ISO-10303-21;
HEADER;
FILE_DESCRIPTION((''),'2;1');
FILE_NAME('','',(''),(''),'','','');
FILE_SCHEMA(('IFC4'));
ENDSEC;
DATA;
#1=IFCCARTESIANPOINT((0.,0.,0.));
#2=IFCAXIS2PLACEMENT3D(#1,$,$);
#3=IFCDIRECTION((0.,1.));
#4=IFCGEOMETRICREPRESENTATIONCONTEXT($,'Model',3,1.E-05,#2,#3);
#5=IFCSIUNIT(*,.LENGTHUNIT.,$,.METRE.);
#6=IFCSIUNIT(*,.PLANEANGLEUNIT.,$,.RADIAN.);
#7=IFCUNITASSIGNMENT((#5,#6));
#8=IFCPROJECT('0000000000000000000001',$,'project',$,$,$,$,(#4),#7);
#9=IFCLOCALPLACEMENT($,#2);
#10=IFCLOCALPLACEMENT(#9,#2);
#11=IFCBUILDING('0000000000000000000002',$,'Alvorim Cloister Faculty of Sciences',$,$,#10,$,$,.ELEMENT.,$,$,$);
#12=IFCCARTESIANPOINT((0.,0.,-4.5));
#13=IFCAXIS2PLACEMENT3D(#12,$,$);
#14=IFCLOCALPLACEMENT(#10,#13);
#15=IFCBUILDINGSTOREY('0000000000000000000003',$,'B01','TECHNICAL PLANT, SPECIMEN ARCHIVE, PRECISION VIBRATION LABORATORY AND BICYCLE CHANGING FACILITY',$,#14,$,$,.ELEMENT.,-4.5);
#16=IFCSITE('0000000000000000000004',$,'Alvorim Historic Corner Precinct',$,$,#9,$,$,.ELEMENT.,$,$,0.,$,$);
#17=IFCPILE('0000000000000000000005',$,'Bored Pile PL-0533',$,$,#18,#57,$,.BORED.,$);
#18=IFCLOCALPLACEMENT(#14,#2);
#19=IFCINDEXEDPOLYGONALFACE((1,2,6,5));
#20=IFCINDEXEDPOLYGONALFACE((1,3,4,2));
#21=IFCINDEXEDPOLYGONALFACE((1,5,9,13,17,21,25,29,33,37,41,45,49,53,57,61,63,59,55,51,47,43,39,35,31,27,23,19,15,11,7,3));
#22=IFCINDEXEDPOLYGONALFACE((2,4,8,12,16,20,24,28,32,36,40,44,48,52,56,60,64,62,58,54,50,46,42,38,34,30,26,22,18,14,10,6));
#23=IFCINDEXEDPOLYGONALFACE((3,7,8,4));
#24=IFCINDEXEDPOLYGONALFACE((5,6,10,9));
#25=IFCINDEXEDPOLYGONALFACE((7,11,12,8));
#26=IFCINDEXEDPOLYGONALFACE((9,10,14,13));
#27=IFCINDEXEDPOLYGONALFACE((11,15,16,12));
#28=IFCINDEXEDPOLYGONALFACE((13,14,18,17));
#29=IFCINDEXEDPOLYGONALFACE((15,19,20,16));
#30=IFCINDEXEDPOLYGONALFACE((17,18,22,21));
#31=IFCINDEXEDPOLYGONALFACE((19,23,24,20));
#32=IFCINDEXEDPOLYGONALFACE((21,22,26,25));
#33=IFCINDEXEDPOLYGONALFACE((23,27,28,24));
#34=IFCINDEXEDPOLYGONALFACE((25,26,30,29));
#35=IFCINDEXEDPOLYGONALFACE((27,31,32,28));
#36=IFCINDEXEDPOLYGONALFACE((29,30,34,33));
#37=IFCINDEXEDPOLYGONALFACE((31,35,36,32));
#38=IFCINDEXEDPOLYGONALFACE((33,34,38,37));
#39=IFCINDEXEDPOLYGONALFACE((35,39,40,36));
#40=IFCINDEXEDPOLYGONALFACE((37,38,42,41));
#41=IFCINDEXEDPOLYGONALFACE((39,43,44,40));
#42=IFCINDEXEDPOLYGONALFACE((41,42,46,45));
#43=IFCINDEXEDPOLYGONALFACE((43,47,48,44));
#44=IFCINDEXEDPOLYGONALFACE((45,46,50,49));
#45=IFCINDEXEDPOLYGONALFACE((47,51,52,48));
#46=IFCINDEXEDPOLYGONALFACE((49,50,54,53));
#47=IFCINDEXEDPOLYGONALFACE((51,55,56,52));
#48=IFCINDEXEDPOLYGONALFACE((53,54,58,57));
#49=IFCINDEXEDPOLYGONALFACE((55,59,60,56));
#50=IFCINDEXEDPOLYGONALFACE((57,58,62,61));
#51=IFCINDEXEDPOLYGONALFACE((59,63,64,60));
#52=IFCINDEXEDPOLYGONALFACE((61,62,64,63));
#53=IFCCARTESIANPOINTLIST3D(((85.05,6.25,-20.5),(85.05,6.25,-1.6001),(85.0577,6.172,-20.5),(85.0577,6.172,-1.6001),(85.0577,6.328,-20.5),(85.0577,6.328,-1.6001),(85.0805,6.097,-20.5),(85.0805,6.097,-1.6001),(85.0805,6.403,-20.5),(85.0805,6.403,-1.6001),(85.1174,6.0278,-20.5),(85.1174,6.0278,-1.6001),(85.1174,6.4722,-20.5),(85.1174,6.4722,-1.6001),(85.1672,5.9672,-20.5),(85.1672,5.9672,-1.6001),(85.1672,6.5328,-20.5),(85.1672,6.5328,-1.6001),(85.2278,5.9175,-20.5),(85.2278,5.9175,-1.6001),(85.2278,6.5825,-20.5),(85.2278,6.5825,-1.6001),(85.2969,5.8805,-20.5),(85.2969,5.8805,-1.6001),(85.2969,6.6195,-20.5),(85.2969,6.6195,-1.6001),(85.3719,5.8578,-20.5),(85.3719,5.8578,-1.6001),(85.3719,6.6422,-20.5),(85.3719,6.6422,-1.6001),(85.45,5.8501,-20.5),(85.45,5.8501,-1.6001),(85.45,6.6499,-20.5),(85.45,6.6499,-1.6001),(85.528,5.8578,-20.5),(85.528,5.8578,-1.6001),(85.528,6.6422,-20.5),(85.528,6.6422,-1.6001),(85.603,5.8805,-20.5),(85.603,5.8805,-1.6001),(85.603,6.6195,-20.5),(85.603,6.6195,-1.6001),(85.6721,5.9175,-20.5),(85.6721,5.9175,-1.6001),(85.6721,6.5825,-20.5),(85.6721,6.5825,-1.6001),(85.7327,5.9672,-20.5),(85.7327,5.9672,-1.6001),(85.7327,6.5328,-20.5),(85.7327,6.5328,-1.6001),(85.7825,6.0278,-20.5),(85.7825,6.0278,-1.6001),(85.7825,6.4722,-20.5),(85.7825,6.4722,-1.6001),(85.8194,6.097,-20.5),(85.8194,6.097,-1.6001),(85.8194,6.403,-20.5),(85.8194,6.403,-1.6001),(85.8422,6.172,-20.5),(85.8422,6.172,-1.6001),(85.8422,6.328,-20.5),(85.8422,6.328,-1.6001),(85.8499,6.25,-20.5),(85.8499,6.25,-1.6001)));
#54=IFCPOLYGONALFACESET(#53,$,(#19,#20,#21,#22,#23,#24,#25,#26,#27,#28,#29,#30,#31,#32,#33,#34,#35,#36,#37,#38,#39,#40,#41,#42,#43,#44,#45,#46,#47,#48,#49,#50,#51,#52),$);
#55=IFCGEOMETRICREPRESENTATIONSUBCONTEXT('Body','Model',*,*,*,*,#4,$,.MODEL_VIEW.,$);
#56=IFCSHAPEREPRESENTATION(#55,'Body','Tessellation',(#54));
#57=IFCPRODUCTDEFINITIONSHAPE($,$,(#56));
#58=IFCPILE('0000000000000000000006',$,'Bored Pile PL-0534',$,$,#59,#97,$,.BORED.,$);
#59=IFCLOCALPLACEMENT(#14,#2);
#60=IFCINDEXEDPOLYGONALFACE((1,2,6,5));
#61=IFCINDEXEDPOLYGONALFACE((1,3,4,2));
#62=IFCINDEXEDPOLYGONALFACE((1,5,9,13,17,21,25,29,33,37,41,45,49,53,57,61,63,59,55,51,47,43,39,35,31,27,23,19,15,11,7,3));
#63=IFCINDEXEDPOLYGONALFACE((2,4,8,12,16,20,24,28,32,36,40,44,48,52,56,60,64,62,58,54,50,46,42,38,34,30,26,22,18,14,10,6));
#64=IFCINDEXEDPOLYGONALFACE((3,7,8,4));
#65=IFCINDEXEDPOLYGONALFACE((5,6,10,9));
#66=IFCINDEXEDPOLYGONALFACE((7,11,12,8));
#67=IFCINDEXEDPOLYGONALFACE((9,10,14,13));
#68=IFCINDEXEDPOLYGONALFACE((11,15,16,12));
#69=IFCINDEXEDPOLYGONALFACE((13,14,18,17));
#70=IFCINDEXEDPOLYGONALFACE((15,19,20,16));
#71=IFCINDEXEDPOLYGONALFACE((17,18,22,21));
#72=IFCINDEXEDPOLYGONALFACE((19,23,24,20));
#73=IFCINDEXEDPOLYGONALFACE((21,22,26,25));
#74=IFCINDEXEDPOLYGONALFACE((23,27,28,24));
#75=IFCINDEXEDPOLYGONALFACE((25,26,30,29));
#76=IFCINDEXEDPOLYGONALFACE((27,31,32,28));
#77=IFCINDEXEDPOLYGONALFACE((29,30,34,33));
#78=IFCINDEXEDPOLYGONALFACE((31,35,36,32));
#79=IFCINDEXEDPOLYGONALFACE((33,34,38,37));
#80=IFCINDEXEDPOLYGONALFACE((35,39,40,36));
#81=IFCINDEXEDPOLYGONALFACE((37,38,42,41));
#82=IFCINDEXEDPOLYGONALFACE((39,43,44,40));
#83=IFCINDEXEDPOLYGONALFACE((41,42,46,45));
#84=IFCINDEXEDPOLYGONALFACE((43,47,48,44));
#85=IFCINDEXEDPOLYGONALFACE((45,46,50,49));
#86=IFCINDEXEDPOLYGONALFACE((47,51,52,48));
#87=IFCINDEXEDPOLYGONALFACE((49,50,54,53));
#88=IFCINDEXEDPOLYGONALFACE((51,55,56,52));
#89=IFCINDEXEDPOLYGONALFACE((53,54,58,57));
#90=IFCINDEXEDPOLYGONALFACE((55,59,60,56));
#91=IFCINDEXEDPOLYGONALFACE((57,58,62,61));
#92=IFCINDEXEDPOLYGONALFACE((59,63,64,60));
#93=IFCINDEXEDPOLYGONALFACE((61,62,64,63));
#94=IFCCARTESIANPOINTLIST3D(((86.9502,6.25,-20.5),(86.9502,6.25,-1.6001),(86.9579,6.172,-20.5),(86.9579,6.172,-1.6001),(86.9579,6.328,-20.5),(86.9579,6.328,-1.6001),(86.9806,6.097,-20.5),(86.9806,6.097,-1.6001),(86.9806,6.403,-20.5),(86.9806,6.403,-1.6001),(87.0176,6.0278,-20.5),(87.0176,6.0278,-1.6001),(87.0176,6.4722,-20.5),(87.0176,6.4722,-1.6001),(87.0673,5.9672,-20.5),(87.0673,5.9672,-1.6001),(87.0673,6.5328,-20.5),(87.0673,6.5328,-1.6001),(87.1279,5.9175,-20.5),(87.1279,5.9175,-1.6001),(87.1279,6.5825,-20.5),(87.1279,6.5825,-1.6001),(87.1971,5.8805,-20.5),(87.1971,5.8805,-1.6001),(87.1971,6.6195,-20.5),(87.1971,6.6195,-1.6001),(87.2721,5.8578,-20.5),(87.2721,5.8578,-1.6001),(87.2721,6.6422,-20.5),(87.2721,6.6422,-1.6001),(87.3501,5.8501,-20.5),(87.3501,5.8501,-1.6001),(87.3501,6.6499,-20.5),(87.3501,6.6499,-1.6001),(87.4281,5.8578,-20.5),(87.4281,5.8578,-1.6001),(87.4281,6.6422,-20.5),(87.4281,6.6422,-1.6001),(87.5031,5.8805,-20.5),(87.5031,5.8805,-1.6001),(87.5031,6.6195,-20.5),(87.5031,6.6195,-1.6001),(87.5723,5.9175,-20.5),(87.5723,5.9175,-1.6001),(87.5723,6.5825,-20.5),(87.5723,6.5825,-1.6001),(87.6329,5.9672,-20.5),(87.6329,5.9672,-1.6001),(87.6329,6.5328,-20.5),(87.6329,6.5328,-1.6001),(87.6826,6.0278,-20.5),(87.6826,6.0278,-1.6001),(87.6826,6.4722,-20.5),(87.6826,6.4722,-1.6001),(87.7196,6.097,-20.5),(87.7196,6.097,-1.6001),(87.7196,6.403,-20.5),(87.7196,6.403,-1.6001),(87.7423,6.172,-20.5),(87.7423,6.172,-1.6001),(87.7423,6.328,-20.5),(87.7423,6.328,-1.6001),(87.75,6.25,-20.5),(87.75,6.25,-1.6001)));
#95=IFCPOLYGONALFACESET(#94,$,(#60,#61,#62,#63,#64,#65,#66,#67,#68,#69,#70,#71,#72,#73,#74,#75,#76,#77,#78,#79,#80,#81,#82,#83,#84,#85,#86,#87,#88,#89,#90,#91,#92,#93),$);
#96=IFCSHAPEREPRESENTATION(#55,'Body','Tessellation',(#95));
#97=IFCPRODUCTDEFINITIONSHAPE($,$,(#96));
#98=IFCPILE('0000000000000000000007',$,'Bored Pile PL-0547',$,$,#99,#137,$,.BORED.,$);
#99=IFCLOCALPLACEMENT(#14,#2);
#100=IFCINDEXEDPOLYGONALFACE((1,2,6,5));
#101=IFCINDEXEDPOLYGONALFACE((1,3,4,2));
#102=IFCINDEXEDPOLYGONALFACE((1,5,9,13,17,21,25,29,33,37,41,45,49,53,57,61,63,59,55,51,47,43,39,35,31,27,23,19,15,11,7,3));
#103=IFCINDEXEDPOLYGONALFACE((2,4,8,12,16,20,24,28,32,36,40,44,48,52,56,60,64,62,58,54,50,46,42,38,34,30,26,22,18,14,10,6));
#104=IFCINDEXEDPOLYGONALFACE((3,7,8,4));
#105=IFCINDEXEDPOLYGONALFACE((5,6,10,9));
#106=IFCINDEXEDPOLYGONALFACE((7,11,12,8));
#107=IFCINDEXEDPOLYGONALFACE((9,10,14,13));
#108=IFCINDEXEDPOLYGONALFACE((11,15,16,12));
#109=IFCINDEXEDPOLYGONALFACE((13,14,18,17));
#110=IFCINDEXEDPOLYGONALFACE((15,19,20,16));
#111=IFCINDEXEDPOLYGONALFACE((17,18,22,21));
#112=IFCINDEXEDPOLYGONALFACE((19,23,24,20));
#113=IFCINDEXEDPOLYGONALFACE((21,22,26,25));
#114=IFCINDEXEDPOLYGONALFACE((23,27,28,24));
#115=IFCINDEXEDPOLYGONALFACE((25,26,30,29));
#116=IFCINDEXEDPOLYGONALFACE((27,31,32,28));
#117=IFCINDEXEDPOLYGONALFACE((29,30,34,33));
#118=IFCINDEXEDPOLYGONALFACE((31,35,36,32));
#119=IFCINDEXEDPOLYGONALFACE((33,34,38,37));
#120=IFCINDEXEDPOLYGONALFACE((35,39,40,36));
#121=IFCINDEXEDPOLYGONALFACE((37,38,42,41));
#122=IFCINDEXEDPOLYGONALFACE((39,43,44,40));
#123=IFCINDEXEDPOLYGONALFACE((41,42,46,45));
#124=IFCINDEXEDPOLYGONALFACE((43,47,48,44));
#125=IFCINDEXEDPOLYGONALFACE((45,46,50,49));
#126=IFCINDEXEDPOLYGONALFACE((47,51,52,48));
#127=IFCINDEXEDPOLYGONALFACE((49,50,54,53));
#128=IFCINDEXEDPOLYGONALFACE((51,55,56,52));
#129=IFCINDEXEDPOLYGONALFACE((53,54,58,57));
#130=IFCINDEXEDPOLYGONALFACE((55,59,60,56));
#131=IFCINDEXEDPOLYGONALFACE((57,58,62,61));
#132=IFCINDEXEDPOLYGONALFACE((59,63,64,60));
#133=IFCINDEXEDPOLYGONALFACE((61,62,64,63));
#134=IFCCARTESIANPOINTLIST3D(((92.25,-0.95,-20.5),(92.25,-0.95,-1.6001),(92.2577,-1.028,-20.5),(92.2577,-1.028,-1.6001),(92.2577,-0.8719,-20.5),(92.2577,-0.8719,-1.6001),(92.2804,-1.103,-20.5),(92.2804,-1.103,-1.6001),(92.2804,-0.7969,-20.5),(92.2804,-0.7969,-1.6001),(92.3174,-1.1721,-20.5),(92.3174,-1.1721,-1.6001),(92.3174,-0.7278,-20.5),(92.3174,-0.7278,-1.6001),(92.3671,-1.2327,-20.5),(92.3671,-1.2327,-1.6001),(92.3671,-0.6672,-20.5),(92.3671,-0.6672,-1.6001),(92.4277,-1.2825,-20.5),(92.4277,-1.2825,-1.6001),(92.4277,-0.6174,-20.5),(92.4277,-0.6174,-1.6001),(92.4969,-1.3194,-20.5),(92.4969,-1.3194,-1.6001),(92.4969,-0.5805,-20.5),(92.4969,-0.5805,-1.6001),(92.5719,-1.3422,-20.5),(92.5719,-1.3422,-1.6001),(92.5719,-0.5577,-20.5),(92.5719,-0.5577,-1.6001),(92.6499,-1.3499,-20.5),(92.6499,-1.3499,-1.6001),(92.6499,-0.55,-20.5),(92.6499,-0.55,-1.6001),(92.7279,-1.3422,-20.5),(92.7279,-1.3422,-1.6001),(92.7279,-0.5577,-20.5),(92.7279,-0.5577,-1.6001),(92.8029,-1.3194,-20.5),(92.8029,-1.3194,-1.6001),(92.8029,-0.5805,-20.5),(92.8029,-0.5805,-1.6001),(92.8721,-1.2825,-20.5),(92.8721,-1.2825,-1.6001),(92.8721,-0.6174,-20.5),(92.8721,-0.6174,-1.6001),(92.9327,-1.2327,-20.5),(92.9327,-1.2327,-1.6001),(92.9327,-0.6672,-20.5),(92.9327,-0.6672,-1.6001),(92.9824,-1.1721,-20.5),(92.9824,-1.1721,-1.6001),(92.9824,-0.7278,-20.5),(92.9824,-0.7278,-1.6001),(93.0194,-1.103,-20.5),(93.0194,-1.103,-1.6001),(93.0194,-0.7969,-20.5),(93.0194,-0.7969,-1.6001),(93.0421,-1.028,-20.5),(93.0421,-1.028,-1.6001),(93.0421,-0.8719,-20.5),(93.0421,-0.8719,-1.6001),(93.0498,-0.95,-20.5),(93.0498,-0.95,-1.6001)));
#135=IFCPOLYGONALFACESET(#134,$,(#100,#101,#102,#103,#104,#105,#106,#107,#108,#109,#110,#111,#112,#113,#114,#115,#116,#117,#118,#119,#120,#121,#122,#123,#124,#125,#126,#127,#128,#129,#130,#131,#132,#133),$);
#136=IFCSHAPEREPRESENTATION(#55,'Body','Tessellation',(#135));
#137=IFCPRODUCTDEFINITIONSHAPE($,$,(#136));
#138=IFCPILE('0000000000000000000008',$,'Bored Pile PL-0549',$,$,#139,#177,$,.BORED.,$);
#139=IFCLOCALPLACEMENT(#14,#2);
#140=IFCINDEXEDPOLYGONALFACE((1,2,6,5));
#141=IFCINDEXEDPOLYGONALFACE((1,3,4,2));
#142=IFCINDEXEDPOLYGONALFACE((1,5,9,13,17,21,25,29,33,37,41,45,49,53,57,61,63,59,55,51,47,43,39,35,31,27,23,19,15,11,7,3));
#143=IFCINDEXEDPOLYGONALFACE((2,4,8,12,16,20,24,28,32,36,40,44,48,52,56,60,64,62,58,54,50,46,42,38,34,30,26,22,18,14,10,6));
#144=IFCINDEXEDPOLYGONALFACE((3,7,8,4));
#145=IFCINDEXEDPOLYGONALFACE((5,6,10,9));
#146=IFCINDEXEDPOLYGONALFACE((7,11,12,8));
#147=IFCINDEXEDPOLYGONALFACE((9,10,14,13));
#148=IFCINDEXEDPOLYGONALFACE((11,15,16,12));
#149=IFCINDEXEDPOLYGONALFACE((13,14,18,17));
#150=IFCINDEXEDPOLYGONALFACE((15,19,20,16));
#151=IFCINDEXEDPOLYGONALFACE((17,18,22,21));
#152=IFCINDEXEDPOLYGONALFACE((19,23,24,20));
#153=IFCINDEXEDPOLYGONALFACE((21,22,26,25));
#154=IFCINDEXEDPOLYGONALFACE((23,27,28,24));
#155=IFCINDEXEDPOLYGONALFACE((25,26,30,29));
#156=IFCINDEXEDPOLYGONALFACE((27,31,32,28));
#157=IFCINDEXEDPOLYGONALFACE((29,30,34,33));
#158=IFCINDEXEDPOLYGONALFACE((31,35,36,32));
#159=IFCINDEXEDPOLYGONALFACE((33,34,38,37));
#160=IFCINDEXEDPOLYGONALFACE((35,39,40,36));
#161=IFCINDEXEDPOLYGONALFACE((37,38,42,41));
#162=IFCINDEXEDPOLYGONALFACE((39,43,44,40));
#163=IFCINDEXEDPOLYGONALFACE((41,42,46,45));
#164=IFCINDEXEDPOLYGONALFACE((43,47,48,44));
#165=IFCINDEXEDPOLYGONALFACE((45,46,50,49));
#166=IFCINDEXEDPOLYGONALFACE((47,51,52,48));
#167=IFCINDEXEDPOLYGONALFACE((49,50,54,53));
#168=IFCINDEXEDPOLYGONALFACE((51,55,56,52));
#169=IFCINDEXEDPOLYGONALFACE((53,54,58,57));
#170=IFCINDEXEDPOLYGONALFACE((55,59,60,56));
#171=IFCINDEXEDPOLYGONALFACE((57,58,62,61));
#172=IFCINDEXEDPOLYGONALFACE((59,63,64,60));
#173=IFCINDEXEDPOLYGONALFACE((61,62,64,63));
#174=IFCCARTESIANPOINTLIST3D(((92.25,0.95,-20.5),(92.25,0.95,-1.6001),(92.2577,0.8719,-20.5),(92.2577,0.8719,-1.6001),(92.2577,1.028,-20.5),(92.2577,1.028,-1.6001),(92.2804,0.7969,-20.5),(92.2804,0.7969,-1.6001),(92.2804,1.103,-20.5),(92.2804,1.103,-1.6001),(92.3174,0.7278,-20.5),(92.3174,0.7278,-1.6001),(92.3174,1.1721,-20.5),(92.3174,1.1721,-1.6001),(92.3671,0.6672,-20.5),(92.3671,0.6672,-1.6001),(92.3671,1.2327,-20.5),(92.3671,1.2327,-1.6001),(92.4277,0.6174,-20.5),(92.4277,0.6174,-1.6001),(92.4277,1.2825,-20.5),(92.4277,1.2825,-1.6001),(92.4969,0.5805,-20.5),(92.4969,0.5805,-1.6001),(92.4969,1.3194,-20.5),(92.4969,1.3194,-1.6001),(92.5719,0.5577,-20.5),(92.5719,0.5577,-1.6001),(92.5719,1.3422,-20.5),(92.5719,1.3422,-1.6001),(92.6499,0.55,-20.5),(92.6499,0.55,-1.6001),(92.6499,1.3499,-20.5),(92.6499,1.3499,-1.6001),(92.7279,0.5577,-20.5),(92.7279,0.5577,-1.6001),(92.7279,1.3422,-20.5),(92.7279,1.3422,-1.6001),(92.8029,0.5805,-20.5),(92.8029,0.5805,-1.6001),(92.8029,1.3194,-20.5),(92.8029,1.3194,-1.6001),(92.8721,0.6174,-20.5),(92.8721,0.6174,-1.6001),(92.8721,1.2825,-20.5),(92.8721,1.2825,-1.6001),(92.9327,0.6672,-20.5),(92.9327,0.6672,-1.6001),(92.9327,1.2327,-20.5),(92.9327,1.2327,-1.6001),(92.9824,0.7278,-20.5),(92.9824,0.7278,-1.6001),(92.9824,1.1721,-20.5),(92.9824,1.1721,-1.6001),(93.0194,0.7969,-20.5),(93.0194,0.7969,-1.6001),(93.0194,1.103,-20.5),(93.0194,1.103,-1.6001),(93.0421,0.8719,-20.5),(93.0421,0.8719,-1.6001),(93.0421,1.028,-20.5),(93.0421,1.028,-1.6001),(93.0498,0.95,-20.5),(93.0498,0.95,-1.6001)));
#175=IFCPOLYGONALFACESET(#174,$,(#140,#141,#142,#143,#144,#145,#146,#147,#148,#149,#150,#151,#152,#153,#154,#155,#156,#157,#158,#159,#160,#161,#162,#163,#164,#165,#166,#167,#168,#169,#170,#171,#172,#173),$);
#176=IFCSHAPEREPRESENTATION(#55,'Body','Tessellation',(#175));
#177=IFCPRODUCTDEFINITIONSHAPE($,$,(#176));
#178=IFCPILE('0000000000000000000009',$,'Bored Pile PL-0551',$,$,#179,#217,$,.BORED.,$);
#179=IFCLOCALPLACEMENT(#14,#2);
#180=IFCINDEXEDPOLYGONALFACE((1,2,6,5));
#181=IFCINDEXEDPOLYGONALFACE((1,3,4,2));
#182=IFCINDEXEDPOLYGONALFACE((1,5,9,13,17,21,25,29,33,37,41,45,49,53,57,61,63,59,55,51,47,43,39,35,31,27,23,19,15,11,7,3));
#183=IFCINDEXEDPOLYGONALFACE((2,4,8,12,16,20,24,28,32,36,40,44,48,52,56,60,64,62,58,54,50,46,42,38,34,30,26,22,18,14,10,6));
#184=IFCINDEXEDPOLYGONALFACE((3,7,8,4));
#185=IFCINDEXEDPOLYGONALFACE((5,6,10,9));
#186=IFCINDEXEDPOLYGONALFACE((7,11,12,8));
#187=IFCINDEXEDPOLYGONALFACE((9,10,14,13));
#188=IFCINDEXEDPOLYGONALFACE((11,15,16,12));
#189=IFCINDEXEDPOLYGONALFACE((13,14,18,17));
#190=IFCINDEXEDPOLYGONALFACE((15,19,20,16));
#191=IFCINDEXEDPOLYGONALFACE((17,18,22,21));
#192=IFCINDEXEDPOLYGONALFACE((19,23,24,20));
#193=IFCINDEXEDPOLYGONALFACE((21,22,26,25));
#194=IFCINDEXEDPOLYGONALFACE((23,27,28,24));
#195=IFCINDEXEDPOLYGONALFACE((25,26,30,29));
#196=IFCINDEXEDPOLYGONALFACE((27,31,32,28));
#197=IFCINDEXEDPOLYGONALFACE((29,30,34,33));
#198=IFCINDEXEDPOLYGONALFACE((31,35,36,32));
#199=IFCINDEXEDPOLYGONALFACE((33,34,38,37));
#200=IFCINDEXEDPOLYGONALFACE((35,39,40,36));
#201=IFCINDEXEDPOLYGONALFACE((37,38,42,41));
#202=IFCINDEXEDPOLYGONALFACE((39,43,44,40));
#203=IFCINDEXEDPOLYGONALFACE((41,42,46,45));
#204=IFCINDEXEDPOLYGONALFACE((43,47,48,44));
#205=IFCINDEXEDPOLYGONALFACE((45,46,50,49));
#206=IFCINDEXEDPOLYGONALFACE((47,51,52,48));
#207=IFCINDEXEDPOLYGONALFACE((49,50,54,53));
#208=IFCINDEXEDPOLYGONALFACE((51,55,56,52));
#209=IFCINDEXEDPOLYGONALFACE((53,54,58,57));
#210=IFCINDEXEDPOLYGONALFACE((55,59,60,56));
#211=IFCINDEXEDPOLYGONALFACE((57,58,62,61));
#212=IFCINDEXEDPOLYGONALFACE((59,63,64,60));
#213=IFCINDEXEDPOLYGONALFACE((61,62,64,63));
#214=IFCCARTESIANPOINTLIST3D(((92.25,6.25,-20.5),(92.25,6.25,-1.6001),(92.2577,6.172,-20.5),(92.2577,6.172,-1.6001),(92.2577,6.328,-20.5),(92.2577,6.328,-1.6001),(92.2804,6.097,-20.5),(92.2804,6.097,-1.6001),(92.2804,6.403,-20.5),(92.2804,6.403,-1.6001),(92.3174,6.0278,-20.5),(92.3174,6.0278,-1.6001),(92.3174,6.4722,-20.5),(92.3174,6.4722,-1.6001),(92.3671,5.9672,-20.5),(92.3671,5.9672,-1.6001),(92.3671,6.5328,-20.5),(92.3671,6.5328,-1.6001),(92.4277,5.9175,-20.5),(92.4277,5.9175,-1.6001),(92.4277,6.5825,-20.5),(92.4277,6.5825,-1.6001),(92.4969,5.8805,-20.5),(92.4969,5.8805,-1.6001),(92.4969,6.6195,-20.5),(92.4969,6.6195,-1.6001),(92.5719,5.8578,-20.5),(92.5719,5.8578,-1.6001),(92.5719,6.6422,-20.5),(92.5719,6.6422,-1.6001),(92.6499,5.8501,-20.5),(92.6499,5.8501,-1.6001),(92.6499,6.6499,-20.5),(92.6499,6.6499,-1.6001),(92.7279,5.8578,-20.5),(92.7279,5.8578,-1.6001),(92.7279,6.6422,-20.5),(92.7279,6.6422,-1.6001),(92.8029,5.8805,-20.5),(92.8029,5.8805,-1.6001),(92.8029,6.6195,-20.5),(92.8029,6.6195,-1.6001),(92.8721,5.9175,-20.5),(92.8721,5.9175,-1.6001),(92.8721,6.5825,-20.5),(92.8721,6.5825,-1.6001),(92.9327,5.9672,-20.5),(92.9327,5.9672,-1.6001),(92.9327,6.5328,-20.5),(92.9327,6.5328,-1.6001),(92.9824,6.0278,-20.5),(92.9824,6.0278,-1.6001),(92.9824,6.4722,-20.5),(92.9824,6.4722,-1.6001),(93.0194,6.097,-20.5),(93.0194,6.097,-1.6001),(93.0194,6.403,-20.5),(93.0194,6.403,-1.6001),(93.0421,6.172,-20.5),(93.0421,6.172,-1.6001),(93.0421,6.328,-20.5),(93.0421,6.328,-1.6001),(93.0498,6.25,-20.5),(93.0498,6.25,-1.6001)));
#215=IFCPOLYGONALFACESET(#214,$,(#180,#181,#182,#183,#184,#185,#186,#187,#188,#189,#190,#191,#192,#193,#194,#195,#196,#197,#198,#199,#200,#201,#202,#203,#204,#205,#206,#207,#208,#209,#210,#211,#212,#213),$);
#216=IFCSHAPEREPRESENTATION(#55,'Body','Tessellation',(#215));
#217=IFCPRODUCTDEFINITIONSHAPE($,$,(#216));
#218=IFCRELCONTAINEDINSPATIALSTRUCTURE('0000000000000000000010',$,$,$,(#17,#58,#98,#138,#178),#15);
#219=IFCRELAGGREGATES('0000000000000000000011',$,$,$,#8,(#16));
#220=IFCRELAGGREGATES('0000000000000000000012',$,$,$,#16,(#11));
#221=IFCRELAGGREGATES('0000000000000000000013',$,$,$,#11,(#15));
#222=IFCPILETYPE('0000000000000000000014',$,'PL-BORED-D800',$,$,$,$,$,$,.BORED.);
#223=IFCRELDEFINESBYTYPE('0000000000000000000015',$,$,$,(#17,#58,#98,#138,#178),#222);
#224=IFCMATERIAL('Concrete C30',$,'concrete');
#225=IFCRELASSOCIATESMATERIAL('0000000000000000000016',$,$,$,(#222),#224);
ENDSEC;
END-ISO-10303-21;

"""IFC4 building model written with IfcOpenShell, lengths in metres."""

from ifc_helpers import new_model, si_unit, direction, frame, origin, origin_2d, place, context, subcontext, project, spatial, circle, extrude, material, material_profile, profile_set, type_object, element, save


model = new_model("IFC4")

# Units and contexts
model_context = context("Model", 3, precision=1e-05, world=origin(), true_north=direction((0.0, 1.0)))
body_context = subcontext(model_context, "Body", "Model", "MODEL_VIEW")
ifc_project = project(units=[si_unit("LENGTHUNIT", "METRE"), si_unit("PLANEANGLEUNIT", "RADIAN")], contexts=[model_context])

# Site, building, storey
site_placement = place(None, origin())
site = spatial("IfcSite", under=ifc_project, at=site_placement, Name="Alvorim Historic Corner Precinct", CompositionType="ELEMENT", RefElevation=0.0)
building_placement = place(site_placement, origin())
building = spatial("IfcBuilding", under=site, at=building_placement, Name="Alvorim Cloister Faculty of Sciences", CompositionType="ELEMENT")
storey_placement = place(building_placement, frame((0.0, 0.0, -4.5)))
storey = spatial("IfcBuildingStorey", under=building, at=storey_placement, Name="B01", Description="TECHNICAL PLANT, SPECIMEN ARCHIVE, PRECISION VIBRATION LABORATORY AND BICYCLE CHANGING FACILITY", CompositionType="ELEMENT", Elevation=-4.5)

# Piles
ifc_material_1 = material(Name="Concrete C30", Category="concrete")
ifc_material_profile_1 = material_profile(ifc_material_1, circle(Radius=0.3999, at=origin_2d()), Name="PILE-D800")
ifc_profile_set_1 = profile_set([ifc_material_profile_1], Name="Concrete C30")
pile_type = type_object("IfcPileType", Name="PL-BORED-D800", PredefinedType="BORED", material=ifc_profile_set_1)
for number, where, z_axis, x_axis, name in (
    (1, (85.45, 6.25, -1.6001), (0.0, 0.0, -1.0), (1.0, 0.0, 0.0), "Bored Pile PL-0533"),
    (2, (87.3501, 6.25, -1.6001), (0.0, 0.0, -1.0), (1.0, 0.0, 0.0), "Bored Pile PL-0534"),
    (3, (92.6499, -0.95, -1.6001), (0.0, 0.0, -1.0), (1.0, 0.0, 0.0), "Bored Pile PL-0547"),
    (4, (92.6499, 0.95, -1.6001), (0.0, 0.0, -1.0), (1.0, 0.0, 0.0), "Bored Pile PL-0549"),
    (5, (92.6499, 6.25, -1.6001), (0.0, 0.0, -1.0), (1.0, 0.0, 0.0), "Bored Pile PL-0551"),
):
    element("IfcPile", number, at=place(storey_placement, frame(where, z_axis=z_axis, x_axis=x_axis)), inside=storey, type_object=pile_type, Name=name, PredefinedType="BORED", context=body_context, shape_type="SweptSolid", body=[
        extrude(circle(Radius=0.3999, at=origin_2d()), origin(), (0.0, 0.0, 1.0), 18.8999),
    ])

save(model, "model.ifc")
